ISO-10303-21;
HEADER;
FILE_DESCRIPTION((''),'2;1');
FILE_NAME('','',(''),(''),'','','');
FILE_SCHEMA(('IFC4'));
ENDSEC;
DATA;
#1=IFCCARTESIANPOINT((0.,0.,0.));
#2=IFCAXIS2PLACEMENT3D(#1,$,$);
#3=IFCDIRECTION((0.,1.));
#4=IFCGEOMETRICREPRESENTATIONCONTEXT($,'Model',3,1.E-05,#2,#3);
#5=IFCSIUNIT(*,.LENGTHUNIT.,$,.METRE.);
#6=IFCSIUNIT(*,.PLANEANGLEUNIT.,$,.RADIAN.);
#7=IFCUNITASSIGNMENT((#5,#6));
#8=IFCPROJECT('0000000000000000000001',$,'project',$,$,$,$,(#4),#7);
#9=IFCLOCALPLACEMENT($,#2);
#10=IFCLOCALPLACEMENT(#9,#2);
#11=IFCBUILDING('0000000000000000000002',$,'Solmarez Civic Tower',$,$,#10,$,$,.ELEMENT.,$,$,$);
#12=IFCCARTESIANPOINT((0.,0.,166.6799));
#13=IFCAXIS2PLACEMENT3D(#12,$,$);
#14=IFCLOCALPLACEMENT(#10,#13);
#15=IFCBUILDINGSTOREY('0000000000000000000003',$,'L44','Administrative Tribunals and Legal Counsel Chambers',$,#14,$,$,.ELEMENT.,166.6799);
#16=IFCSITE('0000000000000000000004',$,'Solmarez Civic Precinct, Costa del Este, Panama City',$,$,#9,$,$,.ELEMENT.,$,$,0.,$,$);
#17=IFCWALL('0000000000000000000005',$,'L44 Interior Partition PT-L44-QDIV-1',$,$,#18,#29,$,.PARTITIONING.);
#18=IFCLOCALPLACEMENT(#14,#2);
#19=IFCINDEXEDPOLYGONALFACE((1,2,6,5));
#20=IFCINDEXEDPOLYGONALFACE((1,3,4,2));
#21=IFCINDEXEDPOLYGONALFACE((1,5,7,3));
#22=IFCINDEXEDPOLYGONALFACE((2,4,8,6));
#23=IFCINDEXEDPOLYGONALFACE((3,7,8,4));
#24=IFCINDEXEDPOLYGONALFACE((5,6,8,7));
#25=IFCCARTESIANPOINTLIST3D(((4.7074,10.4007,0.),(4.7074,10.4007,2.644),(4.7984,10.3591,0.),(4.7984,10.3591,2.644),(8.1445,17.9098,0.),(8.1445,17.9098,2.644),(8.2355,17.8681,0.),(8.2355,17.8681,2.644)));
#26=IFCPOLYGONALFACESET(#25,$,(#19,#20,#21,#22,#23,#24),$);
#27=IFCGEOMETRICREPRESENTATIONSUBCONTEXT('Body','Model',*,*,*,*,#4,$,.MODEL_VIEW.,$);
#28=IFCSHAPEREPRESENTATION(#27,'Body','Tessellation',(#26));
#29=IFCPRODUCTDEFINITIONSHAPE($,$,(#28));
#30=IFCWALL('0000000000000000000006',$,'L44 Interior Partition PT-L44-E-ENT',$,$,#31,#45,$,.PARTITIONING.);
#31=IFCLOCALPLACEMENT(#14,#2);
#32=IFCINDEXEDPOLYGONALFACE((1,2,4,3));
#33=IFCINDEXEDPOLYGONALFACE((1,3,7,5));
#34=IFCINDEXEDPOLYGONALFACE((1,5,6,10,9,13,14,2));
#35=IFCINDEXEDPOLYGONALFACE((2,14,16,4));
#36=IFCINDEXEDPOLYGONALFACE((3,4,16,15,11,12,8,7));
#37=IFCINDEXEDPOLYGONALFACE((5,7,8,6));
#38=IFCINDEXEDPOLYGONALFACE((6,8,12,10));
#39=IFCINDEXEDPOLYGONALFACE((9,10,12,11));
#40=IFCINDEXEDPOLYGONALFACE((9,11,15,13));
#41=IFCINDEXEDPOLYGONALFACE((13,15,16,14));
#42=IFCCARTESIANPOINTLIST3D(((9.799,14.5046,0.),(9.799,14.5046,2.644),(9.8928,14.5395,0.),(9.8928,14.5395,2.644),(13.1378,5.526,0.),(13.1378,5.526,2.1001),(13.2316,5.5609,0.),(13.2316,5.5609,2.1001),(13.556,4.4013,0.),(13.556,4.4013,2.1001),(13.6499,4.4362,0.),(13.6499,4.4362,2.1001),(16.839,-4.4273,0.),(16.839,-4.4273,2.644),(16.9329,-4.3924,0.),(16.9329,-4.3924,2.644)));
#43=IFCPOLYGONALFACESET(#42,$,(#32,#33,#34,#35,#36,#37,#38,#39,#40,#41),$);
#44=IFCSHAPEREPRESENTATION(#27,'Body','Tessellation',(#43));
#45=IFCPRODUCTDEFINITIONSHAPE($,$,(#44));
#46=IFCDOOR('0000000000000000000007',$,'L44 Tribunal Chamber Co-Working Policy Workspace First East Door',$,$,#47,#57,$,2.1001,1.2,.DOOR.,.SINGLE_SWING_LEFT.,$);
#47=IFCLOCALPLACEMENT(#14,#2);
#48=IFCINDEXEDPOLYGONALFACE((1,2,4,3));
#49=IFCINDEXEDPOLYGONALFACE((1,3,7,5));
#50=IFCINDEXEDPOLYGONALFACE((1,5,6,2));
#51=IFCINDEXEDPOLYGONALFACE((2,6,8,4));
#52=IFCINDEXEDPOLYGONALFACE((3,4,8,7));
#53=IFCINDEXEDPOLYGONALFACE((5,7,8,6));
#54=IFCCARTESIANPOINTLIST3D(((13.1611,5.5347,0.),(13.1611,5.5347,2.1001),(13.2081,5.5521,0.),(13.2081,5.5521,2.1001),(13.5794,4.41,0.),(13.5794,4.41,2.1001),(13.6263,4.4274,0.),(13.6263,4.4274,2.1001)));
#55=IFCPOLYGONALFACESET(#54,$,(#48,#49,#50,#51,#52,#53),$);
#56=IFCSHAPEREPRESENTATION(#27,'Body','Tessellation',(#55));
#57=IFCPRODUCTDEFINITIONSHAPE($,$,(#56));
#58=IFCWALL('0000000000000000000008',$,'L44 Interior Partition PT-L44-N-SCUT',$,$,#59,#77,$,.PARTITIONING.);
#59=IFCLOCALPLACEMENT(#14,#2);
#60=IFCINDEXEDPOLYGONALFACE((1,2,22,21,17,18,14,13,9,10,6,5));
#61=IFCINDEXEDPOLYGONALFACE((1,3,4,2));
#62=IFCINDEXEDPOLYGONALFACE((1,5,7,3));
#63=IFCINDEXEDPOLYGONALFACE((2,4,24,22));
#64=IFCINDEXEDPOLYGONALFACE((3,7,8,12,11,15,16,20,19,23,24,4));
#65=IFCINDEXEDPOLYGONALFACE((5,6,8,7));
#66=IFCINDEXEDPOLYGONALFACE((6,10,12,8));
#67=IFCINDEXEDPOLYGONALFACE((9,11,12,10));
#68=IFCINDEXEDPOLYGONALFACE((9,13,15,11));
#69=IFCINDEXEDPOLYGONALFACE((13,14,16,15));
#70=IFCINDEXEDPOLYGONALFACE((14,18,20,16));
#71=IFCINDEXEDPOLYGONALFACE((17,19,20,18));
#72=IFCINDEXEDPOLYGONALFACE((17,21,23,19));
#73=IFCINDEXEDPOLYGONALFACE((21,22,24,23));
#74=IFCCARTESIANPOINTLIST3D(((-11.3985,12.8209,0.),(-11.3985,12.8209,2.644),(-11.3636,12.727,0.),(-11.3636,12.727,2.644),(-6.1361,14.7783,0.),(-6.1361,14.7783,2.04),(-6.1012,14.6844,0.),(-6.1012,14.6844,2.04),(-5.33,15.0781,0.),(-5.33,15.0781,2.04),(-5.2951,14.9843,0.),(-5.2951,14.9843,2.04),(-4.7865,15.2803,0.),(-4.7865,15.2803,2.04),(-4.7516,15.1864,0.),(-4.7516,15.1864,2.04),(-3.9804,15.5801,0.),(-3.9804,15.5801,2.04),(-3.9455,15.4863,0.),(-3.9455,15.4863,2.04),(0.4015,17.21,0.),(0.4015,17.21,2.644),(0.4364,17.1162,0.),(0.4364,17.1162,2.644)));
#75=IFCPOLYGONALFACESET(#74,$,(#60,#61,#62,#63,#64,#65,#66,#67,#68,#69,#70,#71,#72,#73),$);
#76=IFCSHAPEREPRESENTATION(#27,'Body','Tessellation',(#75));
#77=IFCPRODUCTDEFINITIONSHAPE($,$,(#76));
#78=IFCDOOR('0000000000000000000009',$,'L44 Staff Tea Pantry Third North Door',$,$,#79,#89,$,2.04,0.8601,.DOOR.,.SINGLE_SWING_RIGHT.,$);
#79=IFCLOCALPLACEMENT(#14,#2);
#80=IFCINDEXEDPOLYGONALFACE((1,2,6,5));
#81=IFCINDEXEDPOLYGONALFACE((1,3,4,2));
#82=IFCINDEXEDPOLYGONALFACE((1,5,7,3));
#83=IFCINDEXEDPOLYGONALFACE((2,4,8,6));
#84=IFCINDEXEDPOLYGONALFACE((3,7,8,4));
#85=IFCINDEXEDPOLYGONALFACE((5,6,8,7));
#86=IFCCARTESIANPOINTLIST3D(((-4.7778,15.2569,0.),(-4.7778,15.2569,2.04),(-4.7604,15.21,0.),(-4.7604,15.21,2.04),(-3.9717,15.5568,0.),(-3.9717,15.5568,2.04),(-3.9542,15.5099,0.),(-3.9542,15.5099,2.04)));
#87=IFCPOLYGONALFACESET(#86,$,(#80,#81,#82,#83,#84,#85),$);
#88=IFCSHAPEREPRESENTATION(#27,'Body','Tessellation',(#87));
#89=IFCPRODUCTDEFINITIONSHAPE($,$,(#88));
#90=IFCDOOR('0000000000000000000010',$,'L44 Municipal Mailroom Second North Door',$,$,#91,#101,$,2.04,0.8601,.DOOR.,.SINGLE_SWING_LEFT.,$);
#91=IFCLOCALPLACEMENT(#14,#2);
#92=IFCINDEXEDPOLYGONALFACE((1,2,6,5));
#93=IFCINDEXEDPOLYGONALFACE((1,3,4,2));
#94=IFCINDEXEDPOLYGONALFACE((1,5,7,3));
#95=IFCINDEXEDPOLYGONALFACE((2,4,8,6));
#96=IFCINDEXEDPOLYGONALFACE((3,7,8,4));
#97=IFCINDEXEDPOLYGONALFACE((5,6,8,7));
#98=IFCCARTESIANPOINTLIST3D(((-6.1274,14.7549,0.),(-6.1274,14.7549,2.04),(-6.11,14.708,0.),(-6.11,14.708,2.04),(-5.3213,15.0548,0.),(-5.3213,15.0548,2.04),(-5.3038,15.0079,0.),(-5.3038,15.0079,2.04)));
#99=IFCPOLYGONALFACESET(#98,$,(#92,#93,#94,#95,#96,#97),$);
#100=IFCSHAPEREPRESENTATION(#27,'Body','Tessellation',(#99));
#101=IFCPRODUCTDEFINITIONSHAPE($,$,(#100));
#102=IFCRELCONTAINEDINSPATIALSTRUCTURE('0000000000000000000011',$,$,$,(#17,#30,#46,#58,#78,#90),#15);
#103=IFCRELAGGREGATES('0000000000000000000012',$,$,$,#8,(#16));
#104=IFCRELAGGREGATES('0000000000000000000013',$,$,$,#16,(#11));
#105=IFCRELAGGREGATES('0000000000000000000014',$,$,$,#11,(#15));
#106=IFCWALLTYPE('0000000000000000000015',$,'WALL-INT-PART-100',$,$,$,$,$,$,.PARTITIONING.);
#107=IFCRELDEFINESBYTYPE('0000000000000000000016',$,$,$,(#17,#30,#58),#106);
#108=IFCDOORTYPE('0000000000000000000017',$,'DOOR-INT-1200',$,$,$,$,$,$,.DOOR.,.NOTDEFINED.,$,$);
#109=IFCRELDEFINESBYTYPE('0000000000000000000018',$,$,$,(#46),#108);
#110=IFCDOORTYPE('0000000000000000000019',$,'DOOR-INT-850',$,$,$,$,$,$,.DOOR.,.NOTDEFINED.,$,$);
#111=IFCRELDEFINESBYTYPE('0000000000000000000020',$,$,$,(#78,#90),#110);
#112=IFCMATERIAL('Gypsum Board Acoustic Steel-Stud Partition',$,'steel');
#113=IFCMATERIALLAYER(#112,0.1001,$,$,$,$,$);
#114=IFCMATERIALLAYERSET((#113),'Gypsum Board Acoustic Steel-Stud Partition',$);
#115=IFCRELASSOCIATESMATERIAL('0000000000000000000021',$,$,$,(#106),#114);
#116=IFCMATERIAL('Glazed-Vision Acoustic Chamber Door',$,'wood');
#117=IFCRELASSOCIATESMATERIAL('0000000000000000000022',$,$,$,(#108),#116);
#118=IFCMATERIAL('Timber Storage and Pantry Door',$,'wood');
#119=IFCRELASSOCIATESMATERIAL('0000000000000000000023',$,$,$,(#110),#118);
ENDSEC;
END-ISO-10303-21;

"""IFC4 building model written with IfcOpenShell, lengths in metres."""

from ifc_helpers import new_model, si_unit, direction, frame, frame_2d, origin, place, context, subcontext, project, spatial, rectangle, extrude, material, layer, layer_set, type_object, element, fill, save


model = new_model("IFC4")

# Units and contexts
model_context = context("Model", 3, precision=1e-05, world=origin(), true_north=direction((0.0, 1.0)))
body_context = subcontext(model_context, "Body", "Model", "MODEL_VIEW")
ifc_project = project(units=[si_unit("LENGTHUNIT", "METRE"), si_unit("PLANEANGLEUNIT", "RADIAN")], contexts=[model_context])

# Site, building, storey
site_placement = place(None, origin())
site = spatial("IfcSite", under=ifc_project, at=site_placement, Name="Solmarez Civic Precinct, Costa del Este, Panama City", CompositionType="ELEMENT", RefElevation=0.0)
building_placement = place(site_placement, origin())
building = spatial("IfcBuilding", under=site, at=building_placement, Name="Solmarez Civic Tower", CompositionType="ELEMENT")
storey_placement = place(building_placement, frame((0.0, 0.0, 166.6799)))
storey = spatial("IfcBuildingStorey", under=building, at=storey_placement, Name="L44", Description="Administrative Tribunals and Legal Counsel Chambers", CompositionType="ELEMENT", Elevation=166.6799)

# Wall
ifc_material_1 = material(Name="Gypsum Board Acoustic Steel-Stud Partition", Category="steel")
ifc_layer_1 = layer(ifc_material_1, 0.1001)
ifc_layer_set_1 = layer_set([ifc_layer_1], Name="Gypsum Board Acoustic Steel-Stud Partition")
wall_type_1 = type_object("IfcWallType", Name="WALL-INT-PART-100", PredefinedType="PARTITIONING", material=ifc_layer_set_1)
wall_1_placement = place(storey_placement, frame((4.7529, 10.3799, 0.0), z_axis=(0.0, 0.0, 1.0), x_axis=(0.416191, 0.909277, 0.0)))
element("IfcWall", 1, at=wall_1_placement, inside=storey, type_object=wall_type_1, Name="L44 Interior Partition PT-L44-QDIV-1", PredefinedType="PARTITIONING", context=body_context, shape_type="SweptSolid", body=[
    extrude(rectangle(XDim=8.2583, YDim=0.1001, at=frame_2d((4.1292, 0.0))), origin(), (0.0, 0.0, 1.0), 2.644),
])

# Wall, opening, door
wall_2_placement = place(storey_placement, frame((9.8459, 14.522, 0.0), z_axis=(0.0, 0.0, 1.0), x_axis=(0.348543, -0.937293, 0.0)))
wall_2 = element("IfcWall", 2, at=wall_2_placement, inside=storey, type_object=wall_type_1, Name="L44 Interior Partition PT-L44-E-ENT", PredefinedType="PARTITIONING", context=body_context, shape_type="SweptSolid", body=[
    extrude(rectangle(XDim=20.1985, YDim=0.1001, at=frame_2d((10.0991, 0.0))), origin(), (0.0, 0.0, 1.0), 2.644),
])
opening_1_placement = place(wall_2_placement, frame((9.5791, 0.0, 0.0)))
opening_1 = element("IfcOpeningElement", 3, at=opening_1_placement, cuts=wall_2, PredefinedType="OPENING", context=body_context, shape_type="SweptSolid", body=[
    extrude(rectangle(XDim=1.2, YDim=2.1001, at=frame_2d((0.6001, 1.05))), frame((0.0, 0.0601, 0.0), z_axis=(0.0, -1.0, 0.0), x_axis=(1.0, 0.0, 0.0)), (0.0, 0.0, 1.0), 0.1201),
])
ifc_material_2 = material(Name="Glazed-Vision Acoustic Chamber Door", Category="wood")
door_type_1 = type_object("IfcDoorType", Name="DOOR-INT-1200", OperationType="NOTDEFINED", PredefinedType="DOOR", material=ifc_material_2)
door_1_placement = place(opening_1_placement, origin())
door_1 = element("IfcDoor", 4, at=door_1_placement, inside=storey, type_object=door_type_1, Name="L44 Tribunal Chamber Co-Working Policy Workspace First East Door", OperationType="SINGLE_SWING_LEFT", OverallHeight=2.1001, OverallWidth=1.2, PredefinedType="DOOR", context=body_context, shape_type="SweptSolid", body=[
    extrude(rectangle(XDim=1.2, YDim=2.1001, at=frame_2d((0.6001, 1.05))), frame((0.0, 0.0249, 0.0), z_axis=(0.0, -1.0, 0.0), x_axis=(1.0, 0.0, 0.0)), (0.0, 0.0, 1.0), 0.05),
])
fill(opening_1, door_1)

# Wall, openings, doors
wall_3_placement = place(storey_placement, frame((0.4189, 17.1631, 0.0), z_axis=(0.0, 0.0, 1.0), x_axis=(-0.937262, -0.348625, 0.0)))
wall_3 = element("IfcWall", 5, at=wall_3_placement, inside=storey, type_object=wall_type_1, Name="L44 Interior Partition PT-L44-N-SCUT", PredefinedType="PARTITIONING", context=body_context, shape_type="SweptSolid", body=[
    extrude(rectangle(XDim=12.5898, YDim=0.1001, at=frame_2d((6.2949, 0.0))), origin(), (0.0, 0.0, 1.0), 2.644),
])
opening_2_placement = place(wall_3_placement, frame((4.675, 0.0, 0.0)))
opening_2 = element("IfcOpeningElement", 6, at=opening_2_placement, cuts=wall_3, PredefinedType="OPENING", context=body_context, shape_type="SweptSolid", body=[
    extrude(rectangle(XDim=0.8601, YDim=2.04, at=frame_2d((0.4302, 1.02))), frame((0.0, 0.0601, 0.0), z_axis=(0.0, -1.0, 0.0), x_axis=(1.0, 0.0, 0.0)), (0.0, 0.0, 1.0), 0.1201),
])
opening_3_placement = place(wall_3_placement, frame((6.115, 0.0, 0.0)))
opening_3 = element("IfcOpeningElement", 7, at=opening_3_placement, cuts=wall_3, PredefinedType="OPENING", context=body_context, shape_type="SweptSolid", body=[
    extrude(rectangle(XDim=0.8601, YDim=2.04, at=frame_2d((0.4302, 1.02))), frame((0.0, 0.0601, 0.0), z_axis=(0.0, -1.0, 0.0), x_axis=(1.0, 0.0, 0.0)), (0.0, 0.0, 1.0), 0.1201),
])
ifc_material_3 = material(Name="Timber Storage and Pantry Door", Category="wood")
door_type_2 = type_object("IfcDoorType", Name="DOOR-INT-850", OperationType="NOTDEFINED", PredefinedType="DOOR", material=ifc_material_3)
door_2_placement = place(opening_2_placement, origin())
door_2 = element("IfcDoor", 8, at=door_2_placement, inside=storey, type_object=door_type_2, Name="L44 Staff Tea Pantry Third North Door", OperationType="SINGLE_SWING_RIGHT", OverallHeight=2.04, OverallWidth=0.8601, PredefinedType="DOOR", context=body_context, shape_type="SweptSolid", body=[
    extrude(rectangle(XDim=0.8601, YDim=2.04, at=frame_2d((0.4302, 1.02))), frame((0.0, 0.0249, 0.0), z_axis=(0.0, -1.0, 0.0), x_axis=(1.0, 0.0, 0.0)), (0.0, 0.0, 1.0), 0.05),
])
fill(opening_2, door_2)
door_3_placement = place(opening_3_placement, origin())
door_3 = element("IfcDoor", 9, at=door_3_placement, inside=storey, type_object=door_type_2, Name="L44 Municipal Mailroom Second North Door", OperationType="SINGLE_SWING_LEFT", OverallHeight=2.04, OverallWidth=0.8601, PredefinedType="DOOR", context=body_context, shape_type="SweptSolid", body=[
    extrude(rectangle(XDim=0.8601, YDim=2.04, at=frame_2d((0.4302, 1.02))), frame((0.0, 0.0249, 0.0), z_axis=(0.0, -1.0, 0.0), x_axis=(1.0, 0.0, 0.0)), (0.0, 0.0, 1.0), 0.05),
])
fill(opening_3, door_3)

save(model, "model.ifc")
